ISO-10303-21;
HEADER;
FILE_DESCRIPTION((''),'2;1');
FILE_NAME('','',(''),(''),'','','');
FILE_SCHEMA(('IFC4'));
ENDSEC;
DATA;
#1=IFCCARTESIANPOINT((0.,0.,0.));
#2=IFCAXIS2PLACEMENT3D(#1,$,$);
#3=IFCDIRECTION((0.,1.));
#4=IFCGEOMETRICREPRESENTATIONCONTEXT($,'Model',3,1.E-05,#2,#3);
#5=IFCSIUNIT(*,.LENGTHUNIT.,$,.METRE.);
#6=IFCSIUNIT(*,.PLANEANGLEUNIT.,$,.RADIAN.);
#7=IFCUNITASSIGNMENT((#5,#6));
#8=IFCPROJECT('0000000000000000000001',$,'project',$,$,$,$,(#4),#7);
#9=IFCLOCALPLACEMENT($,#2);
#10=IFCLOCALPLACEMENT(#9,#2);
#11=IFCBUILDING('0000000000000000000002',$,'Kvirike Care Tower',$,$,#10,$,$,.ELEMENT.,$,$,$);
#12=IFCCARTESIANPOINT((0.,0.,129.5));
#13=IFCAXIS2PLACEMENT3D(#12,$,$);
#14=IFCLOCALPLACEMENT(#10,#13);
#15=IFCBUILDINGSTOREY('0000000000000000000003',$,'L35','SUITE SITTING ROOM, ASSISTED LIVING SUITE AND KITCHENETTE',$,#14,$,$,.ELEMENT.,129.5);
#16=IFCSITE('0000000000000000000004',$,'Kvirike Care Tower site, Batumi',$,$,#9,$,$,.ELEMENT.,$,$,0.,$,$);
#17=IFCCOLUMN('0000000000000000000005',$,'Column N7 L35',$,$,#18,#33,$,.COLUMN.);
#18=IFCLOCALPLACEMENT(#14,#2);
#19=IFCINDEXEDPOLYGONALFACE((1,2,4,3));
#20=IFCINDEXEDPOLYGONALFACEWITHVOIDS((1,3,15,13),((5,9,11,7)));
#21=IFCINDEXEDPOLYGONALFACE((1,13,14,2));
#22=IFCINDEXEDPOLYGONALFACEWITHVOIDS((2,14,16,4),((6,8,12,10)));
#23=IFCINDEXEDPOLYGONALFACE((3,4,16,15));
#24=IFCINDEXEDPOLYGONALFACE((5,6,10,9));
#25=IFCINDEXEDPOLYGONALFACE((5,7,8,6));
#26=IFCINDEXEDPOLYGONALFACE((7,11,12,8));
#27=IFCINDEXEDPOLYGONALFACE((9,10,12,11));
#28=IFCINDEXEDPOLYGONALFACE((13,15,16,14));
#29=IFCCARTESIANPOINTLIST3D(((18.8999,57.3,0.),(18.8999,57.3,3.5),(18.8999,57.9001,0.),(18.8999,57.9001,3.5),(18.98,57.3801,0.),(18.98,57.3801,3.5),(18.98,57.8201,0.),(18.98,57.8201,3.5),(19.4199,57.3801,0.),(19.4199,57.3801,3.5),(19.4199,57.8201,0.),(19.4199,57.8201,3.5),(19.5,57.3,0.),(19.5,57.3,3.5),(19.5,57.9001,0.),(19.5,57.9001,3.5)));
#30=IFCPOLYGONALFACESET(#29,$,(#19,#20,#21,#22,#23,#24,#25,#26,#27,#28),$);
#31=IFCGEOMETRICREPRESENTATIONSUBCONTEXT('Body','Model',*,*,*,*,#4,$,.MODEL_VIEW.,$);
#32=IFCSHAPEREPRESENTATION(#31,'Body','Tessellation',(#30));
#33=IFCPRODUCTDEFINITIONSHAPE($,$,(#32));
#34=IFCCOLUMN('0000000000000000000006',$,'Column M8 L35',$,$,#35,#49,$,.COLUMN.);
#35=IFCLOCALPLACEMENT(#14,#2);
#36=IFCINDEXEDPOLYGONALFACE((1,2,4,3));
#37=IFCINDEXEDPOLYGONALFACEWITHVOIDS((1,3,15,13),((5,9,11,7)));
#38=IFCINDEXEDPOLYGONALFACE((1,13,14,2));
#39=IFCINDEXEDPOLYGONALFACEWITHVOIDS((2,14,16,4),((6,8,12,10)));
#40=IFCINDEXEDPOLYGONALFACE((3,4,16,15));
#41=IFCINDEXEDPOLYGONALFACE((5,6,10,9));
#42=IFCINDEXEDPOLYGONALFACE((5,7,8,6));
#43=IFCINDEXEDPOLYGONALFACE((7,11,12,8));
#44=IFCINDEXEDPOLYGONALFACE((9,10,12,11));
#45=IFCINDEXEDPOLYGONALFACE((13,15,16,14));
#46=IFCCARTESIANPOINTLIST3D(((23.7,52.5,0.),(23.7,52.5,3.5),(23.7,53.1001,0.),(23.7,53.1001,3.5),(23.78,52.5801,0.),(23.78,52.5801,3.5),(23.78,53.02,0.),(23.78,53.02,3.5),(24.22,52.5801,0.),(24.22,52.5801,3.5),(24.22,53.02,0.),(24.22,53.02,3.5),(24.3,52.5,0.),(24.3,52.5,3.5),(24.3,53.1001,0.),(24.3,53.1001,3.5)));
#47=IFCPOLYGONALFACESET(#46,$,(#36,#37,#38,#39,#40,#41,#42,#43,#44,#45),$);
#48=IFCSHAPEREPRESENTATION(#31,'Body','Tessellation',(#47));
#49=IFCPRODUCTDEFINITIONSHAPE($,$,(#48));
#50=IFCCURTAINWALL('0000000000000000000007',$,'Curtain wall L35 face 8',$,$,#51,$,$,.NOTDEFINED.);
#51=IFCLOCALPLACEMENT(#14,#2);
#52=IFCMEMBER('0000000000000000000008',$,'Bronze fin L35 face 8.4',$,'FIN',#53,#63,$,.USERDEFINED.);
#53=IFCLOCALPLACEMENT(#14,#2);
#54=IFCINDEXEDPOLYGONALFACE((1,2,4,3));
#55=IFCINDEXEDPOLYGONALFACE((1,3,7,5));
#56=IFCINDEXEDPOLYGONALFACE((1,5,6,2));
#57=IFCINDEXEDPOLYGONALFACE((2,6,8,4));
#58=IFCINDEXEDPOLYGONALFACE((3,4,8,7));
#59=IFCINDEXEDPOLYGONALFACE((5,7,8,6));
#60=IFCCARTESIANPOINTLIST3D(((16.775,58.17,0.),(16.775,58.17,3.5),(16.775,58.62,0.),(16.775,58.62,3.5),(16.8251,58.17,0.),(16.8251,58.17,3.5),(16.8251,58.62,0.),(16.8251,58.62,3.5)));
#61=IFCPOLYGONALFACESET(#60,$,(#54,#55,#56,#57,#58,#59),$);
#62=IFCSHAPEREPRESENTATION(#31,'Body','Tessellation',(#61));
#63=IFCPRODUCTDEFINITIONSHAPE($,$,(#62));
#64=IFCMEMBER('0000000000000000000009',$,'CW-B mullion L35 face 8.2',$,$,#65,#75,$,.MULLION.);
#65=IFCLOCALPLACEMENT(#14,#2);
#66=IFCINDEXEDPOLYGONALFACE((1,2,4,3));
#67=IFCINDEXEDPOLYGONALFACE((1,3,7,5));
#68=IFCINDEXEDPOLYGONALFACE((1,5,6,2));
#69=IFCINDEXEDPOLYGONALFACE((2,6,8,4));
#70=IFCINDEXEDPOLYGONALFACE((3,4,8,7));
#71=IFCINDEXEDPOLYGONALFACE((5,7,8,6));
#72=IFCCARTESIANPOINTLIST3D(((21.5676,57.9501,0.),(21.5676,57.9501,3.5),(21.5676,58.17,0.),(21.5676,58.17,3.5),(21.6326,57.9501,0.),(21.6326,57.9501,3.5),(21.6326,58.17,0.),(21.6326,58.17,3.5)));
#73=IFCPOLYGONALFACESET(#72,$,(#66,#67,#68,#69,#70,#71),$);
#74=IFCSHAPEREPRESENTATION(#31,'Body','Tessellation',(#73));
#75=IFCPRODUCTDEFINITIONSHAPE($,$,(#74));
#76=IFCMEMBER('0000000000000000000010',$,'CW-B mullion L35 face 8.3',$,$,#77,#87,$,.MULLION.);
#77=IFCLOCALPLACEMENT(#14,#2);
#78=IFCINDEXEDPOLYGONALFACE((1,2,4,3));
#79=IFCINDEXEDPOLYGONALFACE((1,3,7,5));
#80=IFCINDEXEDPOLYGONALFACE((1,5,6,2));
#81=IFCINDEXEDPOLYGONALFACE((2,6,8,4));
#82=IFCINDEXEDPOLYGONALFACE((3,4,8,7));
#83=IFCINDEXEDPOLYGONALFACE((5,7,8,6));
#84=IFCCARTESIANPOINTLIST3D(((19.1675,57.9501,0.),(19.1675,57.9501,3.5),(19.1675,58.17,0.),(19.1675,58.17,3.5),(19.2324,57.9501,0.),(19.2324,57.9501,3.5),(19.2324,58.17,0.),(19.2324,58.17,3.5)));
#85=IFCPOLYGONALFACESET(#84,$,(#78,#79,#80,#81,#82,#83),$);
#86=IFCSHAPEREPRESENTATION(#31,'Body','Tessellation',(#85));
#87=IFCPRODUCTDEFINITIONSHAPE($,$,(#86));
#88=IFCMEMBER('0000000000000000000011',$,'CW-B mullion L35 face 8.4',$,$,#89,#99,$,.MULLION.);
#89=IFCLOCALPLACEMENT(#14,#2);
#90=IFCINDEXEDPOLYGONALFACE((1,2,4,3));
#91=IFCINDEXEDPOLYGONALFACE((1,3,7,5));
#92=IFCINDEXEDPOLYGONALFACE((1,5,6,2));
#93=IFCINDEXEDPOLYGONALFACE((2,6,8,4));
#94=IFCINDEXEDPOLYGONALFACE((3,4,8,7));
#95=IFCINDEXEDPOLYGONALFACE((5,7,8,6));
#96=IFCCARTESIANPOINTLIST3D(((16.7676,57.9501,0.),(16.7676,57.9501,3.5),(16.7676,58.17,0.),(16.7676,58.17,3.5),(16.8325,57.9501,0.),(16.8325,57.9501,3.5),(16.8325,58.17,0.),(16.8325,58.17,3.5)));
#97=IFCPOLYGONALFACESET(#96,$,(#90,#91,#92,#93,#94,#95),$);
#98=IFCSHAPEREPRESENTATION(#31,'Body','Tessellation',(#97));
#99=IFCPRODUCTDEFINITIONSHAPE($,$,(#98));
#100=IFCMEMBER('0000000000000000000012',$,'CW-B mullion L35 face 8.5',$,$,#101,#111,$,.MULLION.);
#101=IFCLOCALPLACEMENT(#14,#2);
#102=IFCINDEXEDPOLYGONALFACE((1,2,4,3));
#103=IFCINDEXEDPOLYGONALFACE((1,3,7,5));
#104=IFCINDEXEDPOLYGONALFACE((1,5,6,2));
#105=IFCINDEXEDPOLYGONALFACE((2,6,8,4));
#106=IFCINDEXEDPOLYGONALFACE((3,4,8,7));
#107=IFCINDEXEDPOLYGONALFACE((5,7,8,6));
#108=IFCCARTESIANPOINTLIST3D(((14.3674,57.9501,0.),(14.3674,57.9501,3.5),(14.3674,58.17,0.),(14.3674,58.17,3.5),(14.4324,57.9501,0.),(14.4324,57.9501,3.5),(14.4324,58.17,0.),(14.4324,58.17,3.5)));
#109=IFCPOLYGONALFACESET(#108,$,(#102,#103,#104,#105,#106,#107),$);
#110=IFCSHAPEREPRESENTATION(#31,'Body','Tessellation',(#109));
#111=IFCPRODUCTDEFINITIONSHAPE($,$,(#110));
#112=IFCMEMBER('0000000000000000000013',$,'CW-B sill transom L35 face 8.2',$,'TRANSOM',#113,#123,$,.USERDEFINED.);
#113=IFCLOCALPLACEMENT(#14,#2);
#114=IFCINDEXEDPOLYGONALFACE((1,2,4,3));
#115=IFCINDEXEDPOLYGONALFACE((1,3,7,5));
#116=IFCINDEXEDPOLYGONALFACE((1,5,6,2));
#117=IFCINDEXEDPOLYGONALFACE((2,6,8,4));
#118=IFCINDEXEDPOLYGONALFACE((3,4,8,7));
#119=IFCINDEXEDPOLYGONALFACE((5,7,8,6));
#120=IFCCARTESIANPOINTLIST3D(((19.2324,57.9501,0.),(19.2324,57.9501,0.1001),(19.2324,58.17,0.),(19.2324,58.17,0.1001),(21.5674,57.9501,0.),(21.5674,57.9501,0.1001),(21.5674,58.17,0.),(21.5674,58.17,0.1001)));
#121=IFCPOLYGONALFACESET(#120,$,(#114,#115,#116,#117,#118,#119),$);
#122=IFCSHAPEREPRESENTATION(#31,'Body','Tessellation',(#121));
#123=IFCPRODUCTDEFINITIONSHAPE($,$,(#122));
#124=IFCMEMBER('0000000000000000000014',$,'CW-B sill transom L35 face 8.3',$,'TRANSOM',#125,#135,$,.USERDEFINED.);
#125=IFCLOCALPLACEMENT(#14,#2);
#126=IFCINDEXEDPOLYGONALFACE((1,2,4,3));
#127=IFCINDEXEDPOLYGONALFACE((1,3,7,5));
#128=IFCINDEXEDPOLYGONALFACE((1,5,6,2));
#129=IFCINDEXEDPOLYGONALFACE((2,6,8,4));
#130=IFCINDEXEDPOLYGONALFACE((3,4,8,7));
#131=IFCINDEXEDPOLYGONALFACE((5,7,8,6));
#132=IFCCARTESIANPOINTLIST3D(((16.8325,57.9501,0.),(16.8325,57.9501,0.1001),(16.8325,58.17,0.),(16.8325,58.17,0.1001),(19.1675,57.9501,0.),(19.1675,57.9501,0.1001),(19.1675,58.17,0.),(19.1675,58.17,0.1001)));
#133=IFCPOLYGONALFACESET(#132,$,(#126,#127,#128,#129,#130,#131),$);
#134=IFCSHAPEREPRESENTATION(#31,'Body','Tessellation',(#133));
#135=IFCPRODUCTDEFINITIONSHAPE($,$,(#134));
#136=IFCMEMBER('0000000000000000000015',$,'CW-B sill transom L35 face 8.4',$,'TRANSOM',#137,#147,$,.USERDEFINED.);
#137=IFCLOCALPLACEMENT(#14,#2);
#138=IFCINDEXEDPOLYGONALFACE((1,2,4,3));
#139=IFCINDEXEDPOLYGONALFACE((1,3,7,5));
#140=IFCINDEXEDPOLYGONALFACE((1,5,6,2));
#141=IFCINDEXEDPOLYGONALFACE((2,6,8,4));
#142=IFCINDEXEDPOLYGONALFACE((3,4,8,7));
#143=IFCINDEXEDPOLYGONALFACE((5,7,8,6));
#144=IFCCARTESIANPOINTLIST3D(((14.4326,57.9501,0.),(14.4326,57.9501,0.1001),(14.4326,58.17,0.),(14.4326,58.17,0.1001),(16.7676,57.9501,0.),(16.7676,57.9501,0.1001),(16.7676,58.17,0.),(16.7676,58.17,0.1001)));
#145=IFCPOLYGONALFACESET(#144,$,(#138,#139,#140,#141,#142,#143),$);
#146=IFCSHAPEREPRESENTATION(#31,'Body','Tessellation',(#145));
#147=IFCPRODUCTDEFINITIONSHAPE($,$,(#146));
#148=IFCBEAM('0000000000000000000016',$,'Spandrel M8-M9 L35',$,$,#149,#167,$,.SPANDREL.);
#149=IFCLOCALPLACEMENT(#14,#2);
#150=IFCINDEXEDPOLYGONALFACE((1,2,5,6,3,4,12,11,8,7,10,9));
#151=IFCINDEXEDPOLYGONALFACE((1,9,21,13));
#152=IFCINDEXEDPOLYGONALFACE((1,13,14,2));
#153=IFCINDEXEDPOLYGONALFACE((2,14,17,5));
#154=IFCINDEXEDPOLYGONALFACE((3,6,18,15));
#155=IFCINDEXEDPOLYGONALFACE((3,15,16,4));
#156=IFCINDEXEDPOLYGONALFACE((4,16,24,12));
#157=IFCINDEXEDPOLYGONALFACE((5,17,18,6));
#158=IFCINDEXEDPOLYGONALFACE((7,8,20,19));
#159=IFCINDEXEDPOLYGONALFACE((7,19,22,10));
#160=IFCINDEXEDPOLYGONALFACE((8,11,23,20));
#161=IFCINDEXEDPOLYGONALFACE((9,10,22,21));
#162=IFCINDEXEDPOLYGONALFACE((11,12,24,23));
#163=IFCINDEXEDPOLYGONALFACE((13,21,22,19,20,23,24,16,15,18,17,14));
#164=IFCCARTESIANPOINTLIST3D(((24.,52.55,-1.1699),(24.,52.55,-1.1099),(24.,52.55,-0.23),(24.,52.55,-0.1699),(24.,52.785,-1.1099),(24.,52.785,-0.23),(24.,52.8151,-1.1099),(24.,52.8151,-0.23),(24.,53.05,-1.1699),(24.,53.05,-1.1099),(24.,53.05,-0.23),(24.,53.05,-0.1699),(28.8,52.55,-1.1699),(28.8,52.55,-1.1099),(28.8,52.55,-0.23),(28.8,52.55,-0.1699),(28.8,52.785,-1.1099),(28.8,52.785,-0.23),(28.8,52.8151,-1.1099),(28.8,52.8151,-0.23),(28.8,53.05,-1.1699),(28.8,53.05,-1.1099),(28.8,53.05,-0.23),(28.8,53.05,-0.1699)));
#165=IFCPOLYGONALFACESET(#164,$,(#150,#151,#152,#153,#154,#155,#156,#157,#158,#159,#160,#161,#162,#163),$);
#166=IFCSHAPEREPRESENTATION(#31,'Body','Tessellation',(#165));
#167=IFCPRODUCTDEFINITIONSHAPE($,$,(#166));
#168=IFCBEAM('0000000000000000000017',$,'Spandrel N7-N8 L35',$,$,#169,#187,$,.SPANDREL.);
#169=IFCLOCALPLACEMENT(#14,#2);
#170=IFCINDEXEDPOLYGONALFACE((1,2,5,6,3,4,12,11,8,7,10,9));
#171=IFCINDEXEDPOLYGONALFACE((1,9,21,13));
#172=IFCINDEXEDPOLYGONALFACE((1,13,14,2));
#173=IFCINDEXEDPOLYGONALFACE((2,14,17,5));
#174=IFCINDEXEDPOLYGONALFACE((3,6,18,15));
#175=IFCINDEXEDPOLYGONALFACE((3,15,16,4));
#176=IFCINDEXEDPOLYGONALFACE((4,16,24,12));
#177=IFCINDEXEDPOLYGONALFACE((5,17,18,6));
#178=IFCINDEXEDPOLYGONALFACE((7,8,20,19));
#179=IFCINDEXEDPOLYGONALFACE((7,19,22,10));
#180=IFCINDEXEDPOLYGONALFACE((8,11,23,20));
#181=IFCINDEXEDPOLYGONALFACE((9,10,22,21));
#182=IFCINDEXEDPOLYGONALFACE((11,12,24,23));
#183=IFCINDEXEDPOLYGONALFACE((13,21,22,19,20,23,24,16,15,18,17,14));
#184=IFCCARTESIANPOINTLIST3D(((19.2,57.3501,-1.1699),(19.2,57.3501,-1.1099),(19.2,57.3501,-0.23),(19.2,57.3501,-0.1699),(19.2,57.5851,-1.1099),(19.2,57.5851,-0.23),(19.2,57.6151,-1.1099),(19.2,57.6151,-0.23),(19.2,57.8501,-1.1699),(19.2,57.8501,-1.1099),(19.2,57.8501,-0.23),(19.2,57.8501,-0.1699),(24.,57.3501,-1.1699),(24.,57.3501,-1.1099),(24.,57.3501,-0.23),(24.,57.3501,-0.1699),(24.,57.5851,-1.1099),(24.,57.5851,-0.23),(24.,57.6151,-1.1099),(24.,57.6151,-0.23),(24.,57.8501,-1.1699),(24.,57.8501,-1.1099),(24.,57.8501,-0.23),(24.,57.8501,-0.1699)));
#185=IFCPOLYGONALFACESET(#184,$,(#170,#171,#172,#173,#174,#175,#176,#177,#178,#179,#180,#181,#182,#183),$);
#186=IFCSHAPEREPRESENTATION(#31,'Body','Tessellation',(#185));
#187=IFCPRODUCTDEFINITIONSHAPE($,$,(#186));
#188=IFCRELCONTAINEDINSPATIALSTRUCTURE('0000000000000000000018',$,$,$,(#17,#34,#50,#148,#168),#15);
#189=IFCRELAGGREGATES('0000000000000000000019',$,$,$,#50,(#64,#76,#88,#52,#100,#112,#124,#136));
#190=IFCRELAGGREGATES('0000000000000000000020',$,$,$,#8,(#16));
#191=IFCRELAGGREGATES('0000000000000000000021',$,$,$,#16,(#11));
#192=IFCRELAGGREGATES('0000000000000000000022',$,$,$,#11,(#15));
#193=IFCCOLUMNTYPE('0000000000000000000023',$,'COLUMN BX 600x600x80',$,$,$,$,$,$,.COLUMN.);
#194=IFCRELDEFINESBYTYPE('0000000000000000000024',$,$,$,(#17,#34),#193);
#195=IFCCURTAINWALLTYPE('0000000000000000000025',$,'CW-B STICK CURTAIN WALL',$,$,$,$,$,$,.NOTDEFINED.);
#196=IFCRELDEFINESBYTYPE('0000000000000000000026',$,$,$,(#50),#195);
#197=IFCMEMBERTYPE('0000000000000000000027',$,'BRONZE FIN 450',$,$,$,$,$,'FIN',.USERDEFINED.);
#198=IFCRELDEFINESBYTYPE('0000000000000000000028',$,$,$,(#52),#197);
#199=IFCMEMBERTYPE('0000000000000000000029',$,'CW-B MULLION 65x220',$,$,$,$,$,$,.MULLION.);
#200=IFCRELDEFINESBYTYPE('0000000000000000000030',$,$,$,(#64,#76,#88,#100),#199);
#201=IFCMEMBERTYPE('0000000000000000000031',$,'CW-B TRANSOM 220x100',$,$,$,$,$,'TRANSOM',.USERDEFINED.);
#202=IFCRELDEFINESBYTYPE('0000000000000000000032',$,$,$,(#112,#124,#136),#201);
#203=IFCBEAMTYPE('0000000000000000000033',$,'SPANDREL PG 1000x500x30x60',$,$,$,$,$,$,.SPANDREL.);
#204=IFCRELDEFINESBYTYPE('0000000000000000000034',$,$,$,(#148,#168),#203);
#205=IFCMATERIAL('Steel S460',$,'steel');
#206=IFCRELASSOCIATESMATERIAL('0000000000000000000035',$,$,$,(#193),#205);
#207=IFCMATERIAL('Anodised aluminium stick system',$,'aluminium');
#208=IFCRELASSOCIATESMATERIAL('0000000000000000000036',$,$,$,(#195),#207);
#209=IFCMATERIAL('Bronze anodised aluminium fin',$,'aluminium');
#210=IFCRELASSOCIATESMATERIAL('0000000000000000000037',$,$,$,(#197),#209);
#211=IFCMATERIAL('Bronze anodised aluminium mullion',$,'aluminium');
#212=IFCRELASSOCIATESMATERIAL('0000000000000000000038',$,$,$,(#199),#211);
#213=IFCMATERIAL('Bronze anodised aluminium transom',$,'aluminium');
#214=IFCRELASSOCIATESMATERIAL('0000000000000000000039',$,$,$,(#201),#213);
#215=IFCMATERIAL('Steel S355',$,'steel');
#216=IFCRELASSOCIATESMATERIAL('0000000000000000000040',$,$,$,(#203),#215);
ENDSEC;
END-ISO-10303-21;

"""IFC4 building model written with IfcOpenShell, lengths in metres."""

from ifc_helpers import new_model, si_unit, direction, frame, origin, origin_2d, place, context, subcontext, project, spatial, rectangle, hollow_rectangle, i_section, extrude, material, material_profile, profile_set, type_object, element, aggregate, save


model = new_model("IFC4")

# Units and contexts
model_context = context("Model", 3, precision=1e-05, world=origin(), true_north=direction((0.0, 1.0)))
body_context = subcontext(model_context, "Body", "Model", "MODEL_VIEW")
ifc_project = project(units=[si_unit("LENGTHUNIT", "METRE"), si_unit("PLANEANGLEUNIT", "RADIAN")], contexts=[model_context])

# Site, building, storey
site_placement = place(None, origin())
site = spatial("IfcSite", under=ifc_project, at=site_placement, Name="Kvirike Care Tower site, Batumi", CompositionType="ELEMENT", RefElevation=0.0)
building_placement = place(site_placement, origin())
building = spatial("IfcBuilding", under=site, at=building_placement, Name="Kvirike Care Tower", CompositionType="ELEMENT")
storey_placement = place(building_placement, frame((0.0, 0.0, 129.5)))
storey = spatial("IfcBuildingStorey", under=building, at=storey_placement, Name="L35", Description="SUITE SITTING ROOM, ASSISTED LIVING SUITE AND KITCHENETTE", CompositionType="ELEMENT", Elevation=129.5)

# Columns
ifc_material_1 = material(Name="Steel S460", Category="steel")
ifc_material_profile_1 = material_profile(ifc_material_1, hollow_rectangle(XDim=0.6001, YDim=0.6001, WallThickness=0.0801, at=origin_2d()), Name="BX 600x600x80")
ifc_profile_set_1 = profile_set([ifc_material_profile_1], Name="Steel S460")
column_type = type_object("IfcColumnType", Name="COLUMN BX 600x600x80", PredefinedType="COLUMN", material=ifc_profile_set_1)
for number, where, z_axis, x_axis, name in (
    (1, (19.2, 57.6001, 0.0), (0.0, 0.0, 1.0), (0.0, 1.0, 0.0), "Column N7 L35"),
    (2, (24.0, 52.8, 0.0), (0.0, 0.0, 1.0), (0.0, 1.0, 0.0), "Column M8 L35"),
):
    element("IfcColumn", number, at=place(storey_placement, frame(where, z_axis=z_axis, x_axis=x_axis)), inside=storey, type_object=column_type, Name=name, PredefinedType="COLUMN", context=body_context, shape_type="SweptSolid", body=[
        extrude(hollow_rectangle(XDim=0.6001, YDim=0.6001, WallThickness=0.0801, at=origin_2d()), origin(), (0.0, 0.0, 1.0), 3.5),
    ])

# Curtain wall, members
ifc_material_2 = material(Name="Anodised aluminium stick system", Category="aluminium")
curtain_wall_type = type_object("IfcCurtainWallType", Name="CW-B STICK CURTAIN WALL", PredefinedType="NOTDEFINED", material=ifc_material_2)
curtain_wall_placement = place(storey_placement, origin())
curtain_wall = element("IfcCurtainWall", 3, at=curtain_wall_placement, inside=storey, type_object=curtain_wall_type, Name="Curtain wall L35 face 8", PredefinedType="NOTDEFINED")
ifc_material_3 = material(Name="Bronze anodised aluminium fin", Category="aluminium")
ifc_material_profile_2 = material_profile(ifc_material_3, rectangle(XDim=0.05, YDim=0.45, at=origin_2d()), Name="BRONZE FIN 450")
ifc_profile_set_2 = profile_set([ifc_material_profile_2], Name="Bronze anodised aluminium fin")
member_type_1 = type_object("IfcMemberType", Name="BRONZE FIN 450", ElementType="FIN", PredefinedType="USERDEFINED", material=ifc_profile_set_2)
member_1_placement = place(storey_placement, frame((16.8, 58.395, 0.0), z_axis=(0.0, 0.0, 1.0), x_axis=(-1.0, 0.0, 0.0)))
member_1 = element("IfcMember", 4, at=member_1_placement, type_object=member_type_1, Name="Bronze fin L35 face 8.4", ObjectType="FIN", PredefinedType="USERDEFINED", context=body_context, shape_type="SweptSolid", body=[
    extrude(rectangle(XDim=0.05, YDim=0.45, at=origin_2d()), origin(), (0.0, 0.0, 1.0), 3.5),
])
ifc_material_4 = material(Name="Bronze anodised aluminium mullion", Category="aluminium")
ifc_material_profile_3 = material_profile(ifc_material_4, rectangle(XDim=0.0649, YDim=0.22, at=origin_2d()), Name="CW-B MULLION 65x220")
ifc_profile_set_3 = profile_set([ifc_material_profile_3], Name="Bronze anodised aluminium mullion")
member_type_2 = type_object("IfcMemberType", Name="CW-B MULLION 65x220", PredefinedType="MULLION", material=ifc_profile_set_3)
member_2_placement = place(storey_placement, frame((21.6001, 58.0601, 0.0), z_axis=(0.0, 0.0, 1.0), x_axis=(-1.0, 0.0, 0.0)))
member_2 = element("IfcMember", 5, at=member_2_placement, type_object=member_type_2, Name="CW-B mullion L35 face 8.2", PredefinedType="MULLION", context=body_context, shape_type="SweptSolid", body=[
    extrude(rectangle(XDim=0.0649, YDim=0.22, at=origin_2d()), origin(), (0.0, 0.0, 1.0), 3.5),
])
member_3_placement = place(storey_placement, frame((19.2, 58.0601, 0.0), z_axis=(0.0, 0.0, 1.0), x_axis=(-1.0, 0.0, 0.0)))
member_3 = element("IfcMember", 6, at=member_3_placement, type_object=member_type_2, Name="CW-B mullion L35 face 8.3", PredefinedType="MULLION", context=body_context, shape_type="SweptSolid", body=[
    extrude(rectangle(XDim=0.0649, YDim=0.22, at=origin_2d()), origin(), (0.0, 0.0, 1.0), 3.5),
])
member_4_placement = place(storey_placement, frame((16.8, 58.0601, 0.0), z_axis=(0.0, 0.0, 1.0), x_axis=(-1.0, 0.0, 0.0)))
member_4 = element("IfcMember", 7, at=member_4_placement, type_object=member_type_2, Name="CW-B mullion L35 face 8.4", PredefinedType="MULLION", context=body_context, shape_type="SweptSolid", body=[
    extrude(rectangle(XDim=0.0649, YDim=0.22, at=origin_2d()), origin(), (0.0, 0.0, 1.0), 3.5),
])
member_5_placement = place(storey_placement, frame((14.3999, 58.0601, 0.0), z_axis=(0.0, 0.0, 1.0), x_axis=(-1.0, 0.0, 0.0)))
member_5 = element("IfcMember", 8, at=member_5_placement, type_object=member_type_2, Name="CW-B mullion L35 face 8.5", PredefinedType="MULLION", context=body_context, shape_type="SweptSolid", body=[
    extrude(rectangle(XDim=0.0649, YDim=0.22, at=origin_2d()), origin(), (0.0, 0.0, 1.0), 3.5),
])
ifc_material_5 = material(Name="Bronze anodised aluminium transom", Category="aluminium")
ifc_material_profile_4 = material_profile(ifc_material_5, rectangle(XDim=0.22, YDim=0.1001, at=origin_2d()), Name="CW-B TRANSOM 220x100")
ifc_profile_set_4 = profile_set([ifc_material_profile_4], Name="Bronze anodised aluminium transom")
member_type_3 = type_object("IfcMemberType", Name="CW-B TRANSOM 220x100", ElementType="TRANSOM", PredefinedType="USERDEFINED", material=ifc_profile_set_4)
member_6_placement = place(storey_placement, frame((21.5674, 58.0601, 0.05), z_axis=(-1.0, 0.0, 0.0), x_axis=(0.0, -1.0, 0.0)))
member_6 = element("IfcMember", 9, at=member_6_placement, type_object=member_type_3, Name="CW-B sill transom L35 face 8.2", ObjectType="TRANSOM", PredefinedType="USERDEFINED", context=body_context, shape_type="SweptSolid", body=[
    extrude(rectangle(XDim=0.22, YDim=0.1001, at=origin_2d()), origin(), (0.0, 0.0, 1.0), 2.335),
])
member_7_placement = place(storey_placement, frame((19.1675, 58.0601, 0.05), z_axis=(-1.0, 0.0, 0.0), x_axis=(0.0, -1.0, 0.0)))
member_7 = element("IfcMember", 10, at=member_7_placement, type_object=member_type_3, Name="CW-B sill transom L35 face 8.3", ObjectType="TRANSOM", PredefinedType="USERDEFINED", context=body_context, shape_type="SweptSolid", body=[
    extrude(rectangle(XDim=0.22, YDim=0.1001, at=origin_2d()), origin(), (0.0, 0.0, 1.0), 2.335),
])
member_8_placement = place(storey_placement, frame((16.7676, 58.0601, 0.05), z_axis=(-1.0, 0.0, 0.0), x_axis=(0.0, -1.0, 0.0)))
member_8 = element("IfcMember", 11, at=member_8_placement, type_object=member_type_3, Name="CW-B sill transom L35 face 8.4", ObjectType="TRANSOM", PredefinedType="USERDEFINED", context=body_context, shape_type="SweptSolid", body=[
    extrude(rectangle(XDim=0.22, YDim=0.1001, at=origin_2d()), origin(), (0.0, 0.0, 1.0), 2.335),
])

# Beams
ifc_material_6 = material(Name="Steel S355", Category="steel")
ifc_material_profile_5 = material_profile(ifc_material_6, i_section(OverallWidth=0.5, OverallDepth=1.0, WebThickness=0.03, FlangeThickness=0.0601, at=origin_2d()), Name="PG 1000x500x30x60")
ifc_profile_set_5 = profile_set([ifc_material_profile_5], Name="Steel S355")
beam_type = type_object("IfcBeamType", Name="SPANDREL PG 1000x500x30x60", PredefinedType="SPANDREL", material=ifc_profile_set_5)
for number, where, z_axis, x_axis, name in (
    (12, (24.0, 52.8, -0.6699), (1.0, 0.0, 0.0), (0.0, 1.0, 0.0), "Spandrel M8-M9 L35"),
    (13, (19.2, 57.6001, -0.6699), (1.0, 0.0, 0.0), (0.0, 1.0, 0.0), "Spandrel N7-N8 L35"),
):
    element("IfcBeam", number, at=place(storey_placement, frame(where, z_axis=z_axis, x_axis=x_axis)), inside=storey, type_object=beam_type, Name=name, PredefinedType="SPANDREL", context=body_context, shape_type="SweptSolid", body=[
        extrude(i_section(OverallWidth=0.5, OverallDepth=1.0, WebThickness=0.03, FlangeThickness=0.0601, at=origin_2d()), origin(), (0.0, 0.0, 1.0), 4.8),
    ])

aggregate(curtain_wall, [member_2, member_3, member_4, member_1, member_5, member_6, member_7, member_8])

save(model, "model.ifc")
